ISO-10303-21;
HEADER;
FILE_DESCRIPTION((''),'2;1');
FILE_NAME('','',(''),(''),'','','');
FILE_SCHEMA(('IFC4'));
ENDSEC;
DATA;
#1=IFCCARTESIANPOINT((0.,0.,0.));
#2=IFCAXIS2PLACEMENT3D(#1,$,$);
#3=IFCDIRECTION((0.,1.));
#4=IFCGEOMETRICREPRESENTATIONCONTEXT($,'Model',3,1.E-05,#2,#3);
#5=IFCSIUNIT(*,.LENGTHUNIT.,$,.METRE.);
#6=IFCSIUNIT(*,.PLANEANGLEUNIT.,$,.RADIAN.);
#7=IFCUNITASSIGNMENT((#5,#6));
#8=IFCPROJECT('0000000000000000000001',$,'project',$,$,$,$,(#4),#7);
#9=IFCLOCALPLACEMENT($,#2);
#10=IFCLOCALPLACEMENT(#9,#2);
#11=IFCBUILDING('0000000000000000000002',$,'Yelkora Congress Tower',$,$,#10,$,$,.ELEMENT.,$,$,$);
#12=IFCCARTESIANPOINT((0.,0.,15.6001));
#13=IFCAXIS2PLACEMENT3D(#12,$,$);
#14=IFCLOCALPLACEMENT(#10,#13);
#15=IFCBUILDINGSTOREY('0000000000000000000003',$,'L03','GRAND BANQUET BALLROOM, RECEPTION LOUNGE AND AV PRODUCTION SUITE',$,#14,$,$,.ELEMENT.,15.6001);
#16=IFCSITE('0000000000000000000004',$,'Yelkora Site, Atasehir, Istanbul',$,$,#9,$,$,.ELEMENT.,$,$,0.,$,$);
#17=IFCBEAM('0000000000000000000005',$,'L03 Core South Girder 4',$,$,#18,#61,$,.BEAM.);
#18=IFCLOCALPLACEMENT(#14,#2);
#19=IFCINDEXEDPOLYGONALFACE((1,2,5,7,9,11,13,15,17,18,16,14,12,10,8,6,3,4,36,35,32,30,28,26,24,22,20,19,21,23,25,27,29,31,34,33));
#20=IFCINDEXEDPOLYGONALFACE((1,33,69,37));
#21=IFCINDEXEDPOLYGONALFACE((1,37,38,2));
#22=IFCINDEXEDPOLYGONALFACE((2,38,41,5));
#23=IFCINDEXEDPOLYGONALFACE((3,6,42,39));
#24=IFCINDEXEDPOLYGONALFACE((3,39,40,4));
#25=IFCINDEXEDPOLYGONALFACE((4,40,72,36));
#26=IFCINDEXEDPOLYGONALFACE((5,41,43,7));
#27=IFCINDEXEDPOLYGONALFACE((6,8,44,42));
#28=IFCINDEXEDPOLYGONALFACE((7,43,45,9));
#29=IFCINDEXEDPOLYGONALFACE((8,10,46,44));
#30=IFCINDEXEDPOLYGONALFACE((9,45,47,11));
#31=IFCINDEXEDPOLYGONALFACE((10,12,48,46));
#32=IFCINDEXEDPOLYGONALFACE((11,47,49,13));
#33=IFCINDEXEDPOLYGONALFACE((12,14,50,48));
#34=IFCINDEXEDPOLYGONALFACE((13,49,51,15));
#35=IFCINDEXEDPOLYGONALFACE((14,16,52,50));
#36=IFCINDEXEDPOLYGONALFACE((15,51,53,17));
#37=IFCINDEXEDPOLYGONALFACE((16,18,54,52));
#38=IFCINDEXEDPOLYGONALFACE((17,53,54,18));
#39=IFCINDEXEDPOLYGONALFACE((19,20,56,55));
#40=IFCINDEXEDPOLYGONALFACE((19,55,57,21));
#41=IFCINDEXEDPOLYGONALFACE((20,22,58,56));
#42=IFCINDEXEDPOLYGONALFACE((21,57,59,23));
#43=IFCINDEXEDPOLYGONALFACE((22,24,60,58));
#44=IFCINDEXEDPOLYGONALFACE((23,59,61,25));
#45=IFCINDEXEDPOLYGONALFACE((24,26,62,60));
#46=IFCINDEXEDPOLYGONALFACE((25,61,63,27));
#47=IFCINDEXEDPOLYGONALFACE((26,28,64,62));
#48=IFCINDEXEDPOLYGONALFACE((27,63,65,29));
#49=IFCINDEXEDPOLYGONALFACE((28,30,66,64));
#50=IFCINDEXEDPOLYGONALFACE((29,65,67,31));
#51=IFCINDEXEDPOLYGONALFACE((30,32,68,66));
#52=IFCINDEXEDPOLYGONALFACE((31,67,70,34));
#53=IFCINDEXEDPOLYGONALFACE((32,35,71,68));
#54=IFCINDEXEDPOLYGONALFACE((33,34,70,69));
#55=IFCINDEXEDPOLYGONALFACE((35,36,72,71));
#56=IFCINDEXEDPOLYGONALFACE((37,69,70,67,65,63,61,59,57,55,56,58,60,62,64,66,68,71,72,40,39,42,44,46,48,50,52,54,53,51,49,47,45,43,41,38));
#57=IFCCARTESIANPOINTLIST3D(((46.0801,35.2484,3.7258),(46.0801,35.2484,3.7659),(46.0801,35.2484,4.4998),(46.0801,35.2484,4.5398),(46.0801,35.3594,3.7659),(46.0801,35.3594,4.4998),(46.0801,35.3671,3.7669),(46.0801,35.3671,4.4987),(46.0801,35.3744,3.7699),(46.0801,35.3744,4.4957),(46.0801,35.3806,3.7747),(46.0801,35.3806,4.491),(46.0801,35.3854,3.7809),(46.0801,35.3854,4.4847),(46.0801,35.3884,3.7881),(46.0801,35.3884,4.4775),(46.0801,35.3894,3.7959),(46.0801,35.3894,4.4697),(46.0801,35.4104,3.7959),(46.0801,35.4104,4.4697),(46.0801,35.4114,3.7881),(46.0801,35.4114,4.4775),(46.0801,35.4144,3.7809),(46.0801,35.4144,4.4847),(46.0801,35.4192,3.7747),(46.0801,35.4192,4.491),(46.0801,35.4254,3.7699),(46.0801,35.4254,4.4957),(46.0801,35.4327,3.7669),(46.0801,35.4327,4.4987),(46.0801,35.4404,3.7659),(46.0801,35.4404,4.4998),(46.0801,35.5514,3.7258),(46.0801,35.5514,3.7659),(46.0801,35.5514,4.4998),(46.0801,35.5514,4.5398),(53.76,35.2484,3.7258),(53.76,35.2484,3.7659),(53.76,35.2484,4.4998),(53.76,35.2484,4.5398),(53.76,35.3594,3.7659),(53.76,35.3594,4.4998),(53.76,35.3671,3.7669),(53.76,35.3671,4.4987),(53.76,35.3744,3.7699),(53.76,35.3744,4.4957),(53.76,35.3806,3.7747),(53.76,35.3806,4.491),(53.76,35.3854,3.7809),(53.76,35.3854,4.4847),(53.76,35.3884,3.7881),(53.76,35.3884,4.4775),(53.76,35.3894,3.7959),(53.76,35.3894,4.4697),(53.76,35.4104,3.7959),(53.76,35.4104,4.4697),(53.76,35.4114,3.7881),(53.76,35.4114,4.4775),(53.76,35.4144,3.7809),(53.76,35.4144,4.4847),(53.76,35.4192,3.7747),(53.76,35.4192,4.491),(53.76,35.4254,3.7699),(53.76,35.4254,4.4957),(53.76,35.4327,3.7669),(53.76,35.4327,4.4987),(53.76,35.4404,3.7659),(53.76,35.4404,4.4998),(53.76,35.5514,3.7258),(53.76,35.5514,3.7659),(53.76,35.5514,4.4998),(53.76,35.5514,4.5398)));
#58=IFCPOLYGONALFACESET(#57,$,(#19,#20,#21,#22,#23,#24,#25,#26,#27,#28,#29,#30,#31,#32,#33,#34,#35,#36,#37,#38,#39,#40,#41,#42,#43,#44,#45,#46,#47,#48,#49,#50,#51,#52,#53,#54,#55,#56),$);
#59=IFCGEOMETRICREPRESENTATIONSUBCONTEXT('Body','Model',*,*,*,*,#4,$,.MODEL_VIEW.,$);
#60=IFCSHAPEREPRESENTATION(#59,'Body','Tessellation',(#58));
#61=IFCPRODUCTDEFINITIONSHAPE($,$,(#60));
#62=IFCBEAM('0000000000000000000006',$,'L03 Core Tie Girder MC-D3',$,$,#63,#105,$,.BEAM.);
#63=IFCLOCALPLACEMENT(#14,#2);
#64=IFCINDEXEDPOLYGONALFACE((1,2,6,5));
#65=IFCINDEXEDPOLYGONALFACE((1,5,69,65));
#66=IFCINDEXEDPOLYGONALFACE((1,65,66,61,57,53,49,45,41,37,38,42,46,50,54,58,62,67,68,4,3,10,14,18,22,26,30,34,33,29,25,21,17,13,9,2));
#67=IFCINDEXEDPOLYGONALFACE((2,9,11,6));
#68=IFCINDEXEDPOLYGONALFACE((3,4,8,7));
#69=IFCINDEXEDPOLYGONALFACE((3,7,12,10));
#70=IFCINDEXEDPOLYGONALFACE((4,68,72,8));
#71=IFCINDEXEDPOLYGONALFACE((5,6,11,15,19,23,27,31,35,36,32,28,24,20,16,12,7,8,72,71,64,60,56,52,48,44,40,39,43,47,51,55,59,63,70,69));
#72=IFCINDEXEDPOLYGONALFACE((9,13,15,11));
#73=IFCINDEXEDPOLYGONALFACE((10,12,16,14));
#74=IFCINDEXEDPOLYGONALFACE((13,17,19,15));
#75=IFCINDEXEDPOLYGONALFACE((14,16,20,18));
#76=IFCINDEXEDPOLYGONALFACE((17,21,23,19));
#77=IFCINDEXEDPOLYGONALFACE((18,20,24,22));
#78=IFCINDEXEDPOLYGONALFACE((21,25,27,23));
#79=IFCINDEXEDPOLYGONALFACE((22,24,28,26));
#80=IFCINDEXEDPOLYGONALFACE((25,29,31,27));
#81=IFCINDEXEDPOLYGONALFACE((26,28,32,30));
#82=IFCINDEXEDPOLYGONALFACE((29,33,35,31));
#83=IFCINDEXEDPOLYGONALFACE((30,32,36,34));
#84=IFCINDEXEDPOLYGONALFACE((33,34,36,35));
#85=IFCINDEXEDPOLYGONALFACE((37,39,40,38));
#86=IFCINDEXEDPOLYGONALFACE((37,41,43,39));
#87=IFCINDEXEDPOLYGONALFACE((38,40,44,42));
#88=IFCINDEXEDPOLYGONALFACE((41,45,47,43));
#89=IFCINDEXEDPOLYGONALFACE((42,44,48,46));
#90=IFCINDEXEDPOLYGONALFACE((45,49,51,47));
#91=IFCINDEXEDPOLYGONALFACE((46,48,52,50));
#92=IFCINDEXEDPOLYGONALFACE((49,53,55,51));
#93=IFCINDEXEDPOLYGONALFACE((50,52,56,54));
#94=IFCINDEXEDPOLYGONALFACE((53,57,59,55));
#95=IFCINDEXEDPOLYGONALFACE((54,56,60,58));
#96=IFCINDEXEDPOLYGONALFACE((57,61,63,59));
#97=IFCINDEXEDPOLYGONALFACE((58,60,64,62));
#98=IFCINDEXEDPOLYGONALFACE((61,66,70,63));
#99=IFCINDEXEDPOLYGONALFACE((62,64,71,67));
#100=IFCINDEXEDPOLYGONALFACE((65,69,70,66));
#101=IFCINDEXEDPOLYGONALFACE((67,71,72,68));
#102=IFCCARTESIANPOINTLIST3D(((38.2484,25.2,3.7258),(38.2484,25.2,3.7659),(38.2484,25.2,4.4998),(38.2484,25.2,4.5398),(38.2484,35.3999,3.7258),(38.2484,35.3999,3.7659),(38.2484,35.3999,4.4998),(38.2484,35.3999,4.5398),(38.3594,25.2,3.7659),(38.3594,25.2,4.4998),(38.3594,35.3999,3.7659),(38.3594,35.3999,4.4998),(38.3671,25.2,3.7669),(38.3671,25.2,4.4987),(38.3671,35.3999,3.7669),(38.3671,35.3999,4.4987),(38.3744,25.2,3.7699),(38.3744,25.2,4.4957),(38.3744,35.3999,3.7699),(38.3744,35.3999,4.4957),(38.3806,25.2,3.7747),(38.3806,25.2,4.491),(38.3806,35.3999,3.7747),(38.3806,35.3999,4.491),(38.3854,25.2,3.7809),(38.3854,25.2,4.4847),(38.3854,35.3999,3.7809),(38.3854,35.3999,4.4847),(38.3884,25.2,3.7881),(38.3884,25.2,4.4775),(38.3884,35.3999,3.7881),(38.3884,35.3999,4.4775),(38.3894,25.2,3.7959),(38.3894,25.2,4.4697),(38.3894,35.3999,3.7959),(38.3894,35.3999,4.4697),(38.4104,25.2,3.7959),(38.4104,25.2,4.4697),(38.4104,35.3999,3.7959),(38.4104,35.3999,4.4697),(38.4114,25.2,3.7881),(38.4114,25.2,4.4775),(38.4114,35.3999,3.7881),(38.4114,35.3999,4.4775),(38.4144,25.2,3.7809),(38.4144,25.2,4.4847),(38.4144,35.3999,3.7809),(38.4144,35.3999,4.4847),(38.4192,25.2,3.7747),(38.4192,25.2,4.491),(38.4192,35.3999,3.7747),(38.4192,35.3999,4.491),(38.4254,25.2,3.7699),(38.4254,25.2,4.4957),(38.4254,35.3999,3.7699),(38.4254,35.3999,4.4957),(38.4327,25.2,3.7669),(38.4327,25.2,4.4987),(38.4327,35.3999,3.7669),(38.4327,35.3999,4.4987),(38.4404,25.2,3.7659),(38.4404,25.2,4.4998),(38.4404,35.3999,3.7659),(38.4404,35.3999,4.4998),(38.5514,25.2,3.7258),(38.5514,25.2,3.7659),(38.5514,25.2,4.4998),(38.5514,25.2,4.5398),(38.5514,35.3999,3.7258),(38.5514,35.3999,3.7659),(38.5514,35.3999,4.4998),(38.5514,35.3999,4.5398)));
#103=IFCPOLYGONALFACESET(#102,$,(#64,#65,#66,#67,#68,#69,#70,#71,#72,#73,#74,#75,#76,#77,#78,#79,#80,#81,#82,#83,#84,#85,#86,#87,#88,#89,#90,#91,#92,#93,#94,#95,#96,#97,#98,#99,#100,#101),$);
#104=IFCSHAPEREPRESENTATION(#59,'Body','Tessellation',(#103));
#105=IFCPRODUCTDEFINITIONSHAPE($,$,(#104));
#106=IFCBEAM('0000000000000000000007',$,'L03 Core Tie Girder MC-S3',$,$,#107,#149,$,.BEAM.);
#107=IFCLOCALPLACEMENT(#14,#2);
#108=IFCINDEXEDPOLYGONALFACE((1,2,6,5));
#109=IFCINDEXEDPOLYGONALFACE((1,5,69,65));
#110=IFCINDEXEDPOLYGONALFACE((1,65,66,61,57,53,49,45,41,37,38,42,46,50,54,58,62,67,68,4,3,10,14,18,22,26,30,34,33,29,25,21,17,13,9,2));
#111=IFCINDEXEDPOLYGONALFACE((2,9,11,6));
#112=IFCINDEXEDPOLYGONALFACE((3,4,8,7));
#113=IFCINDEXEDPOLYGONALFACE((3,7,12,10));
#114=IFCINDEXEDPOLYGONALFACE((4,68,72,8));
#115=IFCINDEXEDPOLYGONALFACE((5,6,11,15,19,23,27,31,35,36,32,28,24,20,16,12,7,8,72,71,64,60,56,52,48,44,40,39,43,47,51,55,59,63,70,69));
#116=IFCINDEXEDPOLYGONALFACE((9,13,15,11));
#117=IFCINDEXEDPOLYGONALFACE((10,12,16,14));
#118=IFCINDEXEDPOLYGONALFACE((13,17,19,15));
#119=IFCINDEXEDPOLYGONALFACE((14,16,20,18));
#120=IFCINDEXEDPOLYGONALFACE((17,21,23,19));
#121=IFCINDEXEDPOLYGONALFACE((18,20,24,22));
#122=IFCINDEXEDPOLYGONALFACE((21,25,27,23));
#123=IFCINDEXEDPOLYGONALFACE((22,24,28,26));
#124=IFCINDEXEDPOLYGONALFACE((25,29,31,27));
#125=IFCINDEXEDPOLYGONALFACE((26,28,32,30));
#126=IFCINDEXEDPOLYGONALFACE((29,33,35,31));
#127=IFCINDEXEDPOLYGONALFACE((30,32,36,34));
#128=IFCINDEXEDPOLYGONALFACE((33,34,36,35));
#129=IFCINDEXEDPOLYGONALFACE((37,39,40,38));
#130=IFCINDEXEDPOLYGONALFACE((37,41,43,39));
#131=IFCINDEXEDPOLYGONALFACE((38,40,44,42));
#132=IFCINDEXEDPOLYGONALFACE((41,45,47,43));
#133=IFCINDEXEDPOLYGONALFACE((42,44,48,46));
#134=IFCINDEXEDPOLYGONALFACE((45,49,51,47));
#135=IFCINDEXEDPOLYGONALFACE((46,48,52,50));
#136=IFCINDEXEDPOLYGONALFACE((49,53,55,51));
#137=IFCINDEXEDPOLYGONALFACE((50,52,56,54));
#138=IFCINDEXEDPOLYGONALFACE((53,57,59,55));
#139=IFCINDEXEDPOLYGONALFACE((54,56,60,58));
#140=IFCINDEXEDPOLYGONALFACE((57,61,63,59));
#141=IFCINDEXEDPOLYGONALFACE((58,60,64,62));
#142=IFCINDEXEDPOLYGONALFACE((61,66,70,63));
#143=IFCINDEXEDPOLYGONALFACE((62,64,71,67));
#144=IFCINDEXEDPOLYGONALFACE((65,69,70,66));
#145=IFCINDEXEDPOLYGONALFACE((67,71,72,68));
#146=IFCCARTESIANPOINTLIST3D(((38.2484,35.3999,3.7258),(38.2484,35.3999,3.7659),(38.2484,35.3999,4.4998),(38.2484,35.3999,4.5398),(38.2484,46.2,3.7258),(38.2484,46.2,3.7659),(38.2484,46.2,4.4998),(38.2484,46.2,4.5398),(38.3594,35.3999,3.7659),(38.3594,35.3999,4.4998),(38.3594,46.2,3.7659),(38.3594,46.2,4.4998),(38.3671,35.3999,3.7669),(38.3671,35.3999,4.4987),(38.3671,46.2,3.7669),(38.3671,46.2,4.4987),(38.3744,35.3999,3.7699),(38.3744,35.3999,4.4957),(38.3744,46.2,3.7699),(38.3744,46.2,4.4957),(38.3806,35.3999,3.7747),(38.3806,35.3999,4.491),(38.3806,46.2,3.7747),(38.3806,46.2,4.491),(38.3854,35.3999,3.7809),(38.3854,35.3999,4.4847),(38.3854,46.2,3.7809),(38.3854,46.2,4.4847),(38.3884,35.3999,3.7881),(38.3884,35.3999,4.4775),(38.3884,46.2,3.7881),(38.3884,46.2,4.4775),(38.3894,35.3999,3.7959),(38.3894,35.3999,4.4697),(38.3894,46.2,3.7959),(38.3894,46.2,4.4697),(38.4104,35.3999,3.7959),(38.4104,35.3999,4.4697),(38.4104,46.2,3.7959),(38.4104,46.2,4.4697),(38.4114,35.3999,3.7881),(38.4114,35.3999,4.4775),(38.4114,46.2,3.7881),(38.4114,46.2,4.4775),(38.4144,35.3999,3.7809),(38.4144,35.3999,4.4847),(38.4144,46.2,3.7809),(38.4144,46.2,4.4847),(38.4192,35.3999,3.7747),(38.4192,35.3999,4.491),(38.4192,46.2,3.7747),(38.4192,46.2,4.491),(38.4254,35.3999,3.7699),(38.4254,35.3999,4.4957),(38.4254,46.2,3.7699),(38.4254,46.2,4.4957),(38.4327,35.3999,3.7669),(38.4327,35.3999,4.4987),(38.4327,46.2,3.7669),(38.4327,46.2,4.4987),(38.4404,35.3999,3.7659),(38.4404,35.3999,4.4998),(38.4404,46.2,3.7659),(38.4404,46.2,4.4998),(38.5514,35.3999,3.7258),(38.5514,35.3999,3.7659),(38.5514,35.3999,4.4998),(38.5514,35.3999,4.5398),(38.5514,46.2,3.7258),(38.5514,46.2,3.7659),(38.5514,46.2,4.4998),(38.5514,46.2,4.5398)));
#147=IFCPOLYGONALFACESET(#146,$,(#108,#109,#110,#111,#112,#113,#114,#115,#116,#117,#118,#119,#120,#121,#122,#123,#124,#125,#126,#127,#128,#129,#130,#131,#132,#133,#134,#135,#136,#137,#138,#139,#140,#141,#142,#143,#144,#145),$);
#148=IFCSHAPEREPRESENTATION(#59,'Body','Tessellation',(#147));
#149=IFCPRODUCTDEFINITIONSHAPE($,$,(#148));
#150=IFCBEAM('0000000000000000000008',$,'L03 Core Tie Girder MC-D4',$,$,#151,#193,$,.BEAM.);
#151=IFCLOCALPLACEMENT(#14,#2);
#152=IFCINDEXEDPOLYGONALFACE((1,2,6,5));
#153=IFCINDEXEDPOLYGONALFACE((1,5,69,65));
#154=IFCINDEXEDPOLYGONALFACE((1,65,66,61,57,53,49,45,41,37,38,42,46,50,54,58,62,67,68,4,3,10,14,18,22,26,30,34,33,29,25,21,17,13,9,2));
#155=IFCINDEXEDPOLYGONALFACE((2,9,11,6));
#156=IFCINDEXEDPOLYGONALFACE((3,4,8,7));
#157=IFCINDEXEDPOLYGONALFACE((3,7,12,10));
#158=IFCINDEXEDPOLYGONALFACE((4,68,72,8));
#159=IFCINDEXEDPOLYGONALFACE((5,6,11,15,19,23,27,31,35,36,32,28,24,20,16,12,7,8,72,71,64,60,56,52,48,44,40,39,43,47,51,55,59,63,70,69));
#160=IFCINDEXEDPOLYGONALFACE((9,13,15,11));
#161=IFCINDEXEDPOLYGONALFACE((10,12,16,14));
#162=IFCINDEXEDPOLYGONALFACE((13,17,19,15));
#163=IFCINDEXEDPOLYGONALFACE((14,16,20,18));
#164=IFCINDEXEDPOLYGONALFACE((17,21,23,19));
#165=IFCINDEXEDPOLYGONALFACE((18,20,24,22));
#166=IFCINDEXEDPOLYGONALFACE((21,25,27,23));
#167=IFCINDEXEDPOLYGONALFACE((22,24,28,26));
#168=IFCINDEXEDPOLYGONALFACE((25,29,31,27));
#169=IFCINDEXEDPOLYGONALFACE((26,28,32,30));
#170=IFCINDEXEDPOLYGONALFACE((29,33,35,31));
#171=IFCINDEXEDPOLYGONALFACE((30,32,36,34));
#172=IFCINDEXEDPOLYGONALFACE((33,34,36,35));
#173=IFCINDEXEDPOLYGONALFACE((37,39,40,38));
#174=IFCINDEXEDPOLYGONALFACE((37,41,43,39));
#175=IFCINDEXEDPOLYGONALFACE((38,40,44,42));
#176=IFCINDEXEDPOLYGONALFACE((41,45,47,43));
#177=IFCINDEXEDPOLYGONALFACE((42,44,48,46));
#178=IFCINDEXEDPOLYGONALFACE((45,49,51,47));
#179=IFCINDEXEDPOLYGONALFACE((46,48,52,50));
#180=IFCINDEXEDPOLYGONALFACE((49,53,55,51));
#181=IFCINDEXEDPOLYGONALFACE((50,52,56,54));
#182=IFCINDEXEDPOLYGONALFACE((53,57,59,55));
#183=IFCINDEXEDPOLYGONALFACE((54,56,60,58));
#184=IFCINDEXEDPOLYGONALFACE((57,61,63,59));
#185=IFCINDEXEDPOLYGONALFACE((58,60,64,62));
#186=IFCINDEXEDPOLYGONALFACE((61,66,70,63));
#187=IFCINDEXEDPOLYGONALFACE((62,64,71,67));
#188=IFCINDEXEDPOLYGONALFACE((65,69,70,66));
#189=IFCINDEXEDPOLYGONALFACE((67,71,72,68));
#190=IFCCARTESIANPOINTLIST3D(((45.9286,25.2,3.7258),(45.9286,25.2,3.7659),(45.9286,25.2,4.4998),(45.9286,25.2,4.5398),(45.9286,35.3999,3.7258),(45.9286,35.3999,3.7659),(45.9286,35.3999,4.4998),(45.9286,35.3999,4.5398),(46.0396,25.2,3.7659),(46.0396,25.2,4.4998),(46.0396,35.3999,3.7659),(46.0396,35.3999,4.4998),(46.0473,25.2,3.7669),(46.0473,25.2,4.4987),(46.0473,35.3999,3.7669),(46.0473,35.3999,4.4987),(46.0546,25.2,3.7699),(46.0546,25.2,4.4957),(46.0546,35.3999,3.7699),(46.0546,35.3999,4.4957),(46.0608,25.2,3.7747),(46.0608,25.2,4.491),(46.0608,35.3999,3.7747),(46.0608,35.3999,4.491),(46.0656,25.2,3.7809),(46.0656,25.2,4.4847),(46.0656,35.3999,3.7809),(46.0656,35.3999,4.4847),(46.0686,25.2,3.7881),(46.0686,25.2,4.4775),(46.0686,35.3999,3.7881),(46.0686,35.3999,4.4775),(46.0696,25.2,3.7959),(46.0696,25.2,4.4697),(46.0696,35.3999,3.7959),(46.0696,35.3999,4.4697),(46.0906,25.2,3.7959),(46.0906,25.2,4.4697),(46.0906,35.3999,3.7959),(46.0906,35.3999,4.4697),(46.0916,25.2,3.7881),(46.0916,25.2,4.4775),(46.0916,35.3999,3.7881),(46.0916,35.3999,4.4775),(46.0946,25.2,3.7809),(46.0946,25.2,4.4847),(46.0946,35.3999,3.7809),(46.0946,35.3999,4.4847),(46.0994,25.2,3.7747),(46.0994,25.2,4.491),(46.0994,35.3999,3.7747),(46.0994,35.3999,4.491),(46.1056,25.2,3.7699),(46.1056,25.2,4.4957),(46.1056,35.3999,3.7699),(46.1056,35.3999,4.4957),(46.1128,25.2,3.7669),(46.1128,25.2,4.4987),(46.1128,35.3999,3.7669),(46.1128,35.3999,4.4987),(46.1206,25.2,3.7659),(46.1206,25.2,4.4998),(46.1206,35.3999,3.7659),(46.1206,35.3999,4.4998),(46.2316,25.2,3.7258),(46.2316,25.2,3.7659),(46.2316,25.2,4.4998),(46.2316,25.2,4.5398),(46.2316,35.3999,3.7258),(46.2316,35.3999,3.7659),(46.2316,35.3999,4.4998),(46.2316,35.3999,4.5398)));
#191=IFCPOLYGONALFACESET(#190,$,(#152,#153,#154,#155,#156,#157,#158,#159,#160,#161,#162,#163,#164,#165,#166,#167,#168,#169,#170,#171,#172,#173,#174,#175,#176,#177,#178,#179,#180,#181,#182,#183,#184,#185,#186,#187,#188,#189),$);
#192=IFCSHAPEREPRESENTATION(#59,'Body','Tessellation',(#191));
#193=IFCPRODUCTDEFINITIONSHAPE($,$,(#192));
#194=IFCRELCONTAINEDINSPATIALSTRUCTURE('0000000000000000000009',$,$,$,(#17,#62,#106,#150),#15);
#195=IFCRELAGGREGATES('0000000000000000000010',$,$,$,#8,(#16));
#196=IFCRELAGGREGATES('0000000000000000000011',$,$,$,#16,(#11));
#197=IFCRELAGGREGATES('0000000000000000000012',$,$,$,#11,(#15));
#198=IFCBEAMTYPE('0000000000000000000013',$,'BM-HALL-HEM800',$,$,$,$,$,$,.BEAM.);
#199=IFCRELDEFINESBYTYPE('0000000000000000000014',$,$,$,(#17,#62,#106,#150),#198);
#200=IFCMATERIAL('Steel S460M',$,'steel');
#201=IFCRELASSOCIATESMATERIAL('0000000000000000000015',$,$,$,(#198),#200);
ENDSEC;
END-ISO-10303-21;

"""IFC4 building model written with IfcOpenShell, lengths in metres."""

from ifc_helpers import new_model, si_unit, direction, frame, origin, origin_2d, place, context, subcontext, project, spatial, i_section, extrude, material, material_profile, profile_set, type_object, element, save


model = new_model("IFC4")

# Units and contexts
model_context = context("Model", 3, precision=1e-05, world=origin(), true_north=direction((0.0, 1.0)))
body_context = subcontext(model_context, "Body", "Model", "MODEL_VIEW")
ifc_project = project(units=[si_unit("LENGTHUNIT", "METRE"), si_unit("PLANEANGLEUNIT", "RADIAN")], contexts=[model_context])

# Site, building, storey
site_placement = place(None, origin())
site = spatial("IfcSite", under=ifc_project, at=site_placement, Name="Yelkora Site, Atasehir, Istanbul", CompositionType="ELEMENT", RefElevation=0.0)
building_placement = place(site_placement, origin())
building = spatial("IfcBuilding", under=site, at=building_placement, Name="Yelkora Congress Tower", CompositionType="ELEMENT")
storey_placement = place(building_placement, frame((0.0, 0.0, 15.6001)))
storey = spatial("IfcBuildingStorey", under=building, at=storey_placement, Name="L03", Description="GRAND BANQUET BALLROOM, RECEPTION LOUNGE AND AV PRODUCTION SUITE", CompositionType="ELEMENT", Elevation=15.6001)

# Beams
ifc_material_1 = material(Name="Steel S460M", Category="steel")
ifc_material_profile_1 = material_profile(ifc_material_1, i_section(OverallWidth=0.303, OverallDepth=0.814, WebThickness=0.021, FlangeThickness=0.04, FilletRadius=0.03, at=origin_2d()), Name="HEM 800")
ifc_profile_set_1 = profile_set([ifc_material_profile_1], Name="Steel S460M")
beam_type_1 = type_object("IfcBeamType", Name="BM-HALL-HEM800", PredefinedType="BEAM", material=ifc_profile_set_1)
beam_1_placement = place(storey_placement, frame((46.0801, 35.3999, 4.1328), z_axis=(1.0, 0.0, 0.0), x_axis=(0.0, 1.0, 0.0)))
element("IfcBeam", 1, at=beam_1_placement, inside=storey, type_object=beam_type_1, Name="L03 Core South Girder 4", PredefinedType="BEAM", context=body_context, shape_type="SweptSolid", body=[
    extrude(i_section(OverallWidth=0.303, OverallDepth=0.814, WebThickness=0.021, FlangeThickness=0.04, FilletRadius=0.03, at=origin_2d()), origin(), (0.0, 0.0, 1.0), 7.6799),
])
beam_2_placement = place(storey_placement, frame((38.3999, 25.2, 4.1328), z_axis=(0.0, 1.0, 0.0), x_axis=(-1.0, 0.0, 0.0)))
element("IfcBeam", 2, at=beam_2_placement, inside=storey, type_object=beam_type_1, Name="L03 Core Tie Girder MC-D3", PredefinedType="BEAM", context=body_context, shape_type="SweptSolid", body=[
    extrude(i_section(OverallWidth=0.303, OverallDepth=0.814, WebThickness=0.021, FlangeThickness=0.04, FilletRadius=0.03, at=origin_2d()), origin(), (0.0, 0.0, 1.0), 10.2),
])
beam_3_placement = place(storey_placement, frame((38.3999, 35.3999, 4.1328), z_axis=(0.0, 1.0, 0.0), x_axis=(-1.0, 0.0, 0.0)))
element("IfcBeam", 3, at=beam_3_placement, inside=storey, type_object=beam_type_1, Name="L03 Core Tie Girder MC-S3", PredefinedType="BEAM", context=body_context, shape_type="SweptSolid", body=[
    extrude(i_section(OverallWidth=0.303, OverallDepth=0.814, WebThickness=0.021, FlangeThickness=0.04, FilletRadius=0.03, at=origin_2d()), origin(), (0.0, 0.0, 1.0), 10.8),
])
beam_4_placement = place(storey_placement, frame((46.0801, 25.2, 4.1328), z_axis=(0.0, 1.0, 0.0), x_axis=(-1.0, 0.0, 0.0)))
element("IfcBeam", 4, at=beam_4_placement, inside=storey, type_object=beam_type_1, Name="L03 Core Tie Girder MC-D4", PredefinedType="BEAM", context=body_context, shape_type="SweptSolid", body=[
    extrude(i_section(OverallWidth=0.303, OverallDepth=0.814, WebThickness=0.021, FlangeThickness=0.04, FilletRadius=0.03, at=origin_2d()), origin(), (0.0, 0.0, 1.0), 10.2),
])

save(model, "model.ifc")
